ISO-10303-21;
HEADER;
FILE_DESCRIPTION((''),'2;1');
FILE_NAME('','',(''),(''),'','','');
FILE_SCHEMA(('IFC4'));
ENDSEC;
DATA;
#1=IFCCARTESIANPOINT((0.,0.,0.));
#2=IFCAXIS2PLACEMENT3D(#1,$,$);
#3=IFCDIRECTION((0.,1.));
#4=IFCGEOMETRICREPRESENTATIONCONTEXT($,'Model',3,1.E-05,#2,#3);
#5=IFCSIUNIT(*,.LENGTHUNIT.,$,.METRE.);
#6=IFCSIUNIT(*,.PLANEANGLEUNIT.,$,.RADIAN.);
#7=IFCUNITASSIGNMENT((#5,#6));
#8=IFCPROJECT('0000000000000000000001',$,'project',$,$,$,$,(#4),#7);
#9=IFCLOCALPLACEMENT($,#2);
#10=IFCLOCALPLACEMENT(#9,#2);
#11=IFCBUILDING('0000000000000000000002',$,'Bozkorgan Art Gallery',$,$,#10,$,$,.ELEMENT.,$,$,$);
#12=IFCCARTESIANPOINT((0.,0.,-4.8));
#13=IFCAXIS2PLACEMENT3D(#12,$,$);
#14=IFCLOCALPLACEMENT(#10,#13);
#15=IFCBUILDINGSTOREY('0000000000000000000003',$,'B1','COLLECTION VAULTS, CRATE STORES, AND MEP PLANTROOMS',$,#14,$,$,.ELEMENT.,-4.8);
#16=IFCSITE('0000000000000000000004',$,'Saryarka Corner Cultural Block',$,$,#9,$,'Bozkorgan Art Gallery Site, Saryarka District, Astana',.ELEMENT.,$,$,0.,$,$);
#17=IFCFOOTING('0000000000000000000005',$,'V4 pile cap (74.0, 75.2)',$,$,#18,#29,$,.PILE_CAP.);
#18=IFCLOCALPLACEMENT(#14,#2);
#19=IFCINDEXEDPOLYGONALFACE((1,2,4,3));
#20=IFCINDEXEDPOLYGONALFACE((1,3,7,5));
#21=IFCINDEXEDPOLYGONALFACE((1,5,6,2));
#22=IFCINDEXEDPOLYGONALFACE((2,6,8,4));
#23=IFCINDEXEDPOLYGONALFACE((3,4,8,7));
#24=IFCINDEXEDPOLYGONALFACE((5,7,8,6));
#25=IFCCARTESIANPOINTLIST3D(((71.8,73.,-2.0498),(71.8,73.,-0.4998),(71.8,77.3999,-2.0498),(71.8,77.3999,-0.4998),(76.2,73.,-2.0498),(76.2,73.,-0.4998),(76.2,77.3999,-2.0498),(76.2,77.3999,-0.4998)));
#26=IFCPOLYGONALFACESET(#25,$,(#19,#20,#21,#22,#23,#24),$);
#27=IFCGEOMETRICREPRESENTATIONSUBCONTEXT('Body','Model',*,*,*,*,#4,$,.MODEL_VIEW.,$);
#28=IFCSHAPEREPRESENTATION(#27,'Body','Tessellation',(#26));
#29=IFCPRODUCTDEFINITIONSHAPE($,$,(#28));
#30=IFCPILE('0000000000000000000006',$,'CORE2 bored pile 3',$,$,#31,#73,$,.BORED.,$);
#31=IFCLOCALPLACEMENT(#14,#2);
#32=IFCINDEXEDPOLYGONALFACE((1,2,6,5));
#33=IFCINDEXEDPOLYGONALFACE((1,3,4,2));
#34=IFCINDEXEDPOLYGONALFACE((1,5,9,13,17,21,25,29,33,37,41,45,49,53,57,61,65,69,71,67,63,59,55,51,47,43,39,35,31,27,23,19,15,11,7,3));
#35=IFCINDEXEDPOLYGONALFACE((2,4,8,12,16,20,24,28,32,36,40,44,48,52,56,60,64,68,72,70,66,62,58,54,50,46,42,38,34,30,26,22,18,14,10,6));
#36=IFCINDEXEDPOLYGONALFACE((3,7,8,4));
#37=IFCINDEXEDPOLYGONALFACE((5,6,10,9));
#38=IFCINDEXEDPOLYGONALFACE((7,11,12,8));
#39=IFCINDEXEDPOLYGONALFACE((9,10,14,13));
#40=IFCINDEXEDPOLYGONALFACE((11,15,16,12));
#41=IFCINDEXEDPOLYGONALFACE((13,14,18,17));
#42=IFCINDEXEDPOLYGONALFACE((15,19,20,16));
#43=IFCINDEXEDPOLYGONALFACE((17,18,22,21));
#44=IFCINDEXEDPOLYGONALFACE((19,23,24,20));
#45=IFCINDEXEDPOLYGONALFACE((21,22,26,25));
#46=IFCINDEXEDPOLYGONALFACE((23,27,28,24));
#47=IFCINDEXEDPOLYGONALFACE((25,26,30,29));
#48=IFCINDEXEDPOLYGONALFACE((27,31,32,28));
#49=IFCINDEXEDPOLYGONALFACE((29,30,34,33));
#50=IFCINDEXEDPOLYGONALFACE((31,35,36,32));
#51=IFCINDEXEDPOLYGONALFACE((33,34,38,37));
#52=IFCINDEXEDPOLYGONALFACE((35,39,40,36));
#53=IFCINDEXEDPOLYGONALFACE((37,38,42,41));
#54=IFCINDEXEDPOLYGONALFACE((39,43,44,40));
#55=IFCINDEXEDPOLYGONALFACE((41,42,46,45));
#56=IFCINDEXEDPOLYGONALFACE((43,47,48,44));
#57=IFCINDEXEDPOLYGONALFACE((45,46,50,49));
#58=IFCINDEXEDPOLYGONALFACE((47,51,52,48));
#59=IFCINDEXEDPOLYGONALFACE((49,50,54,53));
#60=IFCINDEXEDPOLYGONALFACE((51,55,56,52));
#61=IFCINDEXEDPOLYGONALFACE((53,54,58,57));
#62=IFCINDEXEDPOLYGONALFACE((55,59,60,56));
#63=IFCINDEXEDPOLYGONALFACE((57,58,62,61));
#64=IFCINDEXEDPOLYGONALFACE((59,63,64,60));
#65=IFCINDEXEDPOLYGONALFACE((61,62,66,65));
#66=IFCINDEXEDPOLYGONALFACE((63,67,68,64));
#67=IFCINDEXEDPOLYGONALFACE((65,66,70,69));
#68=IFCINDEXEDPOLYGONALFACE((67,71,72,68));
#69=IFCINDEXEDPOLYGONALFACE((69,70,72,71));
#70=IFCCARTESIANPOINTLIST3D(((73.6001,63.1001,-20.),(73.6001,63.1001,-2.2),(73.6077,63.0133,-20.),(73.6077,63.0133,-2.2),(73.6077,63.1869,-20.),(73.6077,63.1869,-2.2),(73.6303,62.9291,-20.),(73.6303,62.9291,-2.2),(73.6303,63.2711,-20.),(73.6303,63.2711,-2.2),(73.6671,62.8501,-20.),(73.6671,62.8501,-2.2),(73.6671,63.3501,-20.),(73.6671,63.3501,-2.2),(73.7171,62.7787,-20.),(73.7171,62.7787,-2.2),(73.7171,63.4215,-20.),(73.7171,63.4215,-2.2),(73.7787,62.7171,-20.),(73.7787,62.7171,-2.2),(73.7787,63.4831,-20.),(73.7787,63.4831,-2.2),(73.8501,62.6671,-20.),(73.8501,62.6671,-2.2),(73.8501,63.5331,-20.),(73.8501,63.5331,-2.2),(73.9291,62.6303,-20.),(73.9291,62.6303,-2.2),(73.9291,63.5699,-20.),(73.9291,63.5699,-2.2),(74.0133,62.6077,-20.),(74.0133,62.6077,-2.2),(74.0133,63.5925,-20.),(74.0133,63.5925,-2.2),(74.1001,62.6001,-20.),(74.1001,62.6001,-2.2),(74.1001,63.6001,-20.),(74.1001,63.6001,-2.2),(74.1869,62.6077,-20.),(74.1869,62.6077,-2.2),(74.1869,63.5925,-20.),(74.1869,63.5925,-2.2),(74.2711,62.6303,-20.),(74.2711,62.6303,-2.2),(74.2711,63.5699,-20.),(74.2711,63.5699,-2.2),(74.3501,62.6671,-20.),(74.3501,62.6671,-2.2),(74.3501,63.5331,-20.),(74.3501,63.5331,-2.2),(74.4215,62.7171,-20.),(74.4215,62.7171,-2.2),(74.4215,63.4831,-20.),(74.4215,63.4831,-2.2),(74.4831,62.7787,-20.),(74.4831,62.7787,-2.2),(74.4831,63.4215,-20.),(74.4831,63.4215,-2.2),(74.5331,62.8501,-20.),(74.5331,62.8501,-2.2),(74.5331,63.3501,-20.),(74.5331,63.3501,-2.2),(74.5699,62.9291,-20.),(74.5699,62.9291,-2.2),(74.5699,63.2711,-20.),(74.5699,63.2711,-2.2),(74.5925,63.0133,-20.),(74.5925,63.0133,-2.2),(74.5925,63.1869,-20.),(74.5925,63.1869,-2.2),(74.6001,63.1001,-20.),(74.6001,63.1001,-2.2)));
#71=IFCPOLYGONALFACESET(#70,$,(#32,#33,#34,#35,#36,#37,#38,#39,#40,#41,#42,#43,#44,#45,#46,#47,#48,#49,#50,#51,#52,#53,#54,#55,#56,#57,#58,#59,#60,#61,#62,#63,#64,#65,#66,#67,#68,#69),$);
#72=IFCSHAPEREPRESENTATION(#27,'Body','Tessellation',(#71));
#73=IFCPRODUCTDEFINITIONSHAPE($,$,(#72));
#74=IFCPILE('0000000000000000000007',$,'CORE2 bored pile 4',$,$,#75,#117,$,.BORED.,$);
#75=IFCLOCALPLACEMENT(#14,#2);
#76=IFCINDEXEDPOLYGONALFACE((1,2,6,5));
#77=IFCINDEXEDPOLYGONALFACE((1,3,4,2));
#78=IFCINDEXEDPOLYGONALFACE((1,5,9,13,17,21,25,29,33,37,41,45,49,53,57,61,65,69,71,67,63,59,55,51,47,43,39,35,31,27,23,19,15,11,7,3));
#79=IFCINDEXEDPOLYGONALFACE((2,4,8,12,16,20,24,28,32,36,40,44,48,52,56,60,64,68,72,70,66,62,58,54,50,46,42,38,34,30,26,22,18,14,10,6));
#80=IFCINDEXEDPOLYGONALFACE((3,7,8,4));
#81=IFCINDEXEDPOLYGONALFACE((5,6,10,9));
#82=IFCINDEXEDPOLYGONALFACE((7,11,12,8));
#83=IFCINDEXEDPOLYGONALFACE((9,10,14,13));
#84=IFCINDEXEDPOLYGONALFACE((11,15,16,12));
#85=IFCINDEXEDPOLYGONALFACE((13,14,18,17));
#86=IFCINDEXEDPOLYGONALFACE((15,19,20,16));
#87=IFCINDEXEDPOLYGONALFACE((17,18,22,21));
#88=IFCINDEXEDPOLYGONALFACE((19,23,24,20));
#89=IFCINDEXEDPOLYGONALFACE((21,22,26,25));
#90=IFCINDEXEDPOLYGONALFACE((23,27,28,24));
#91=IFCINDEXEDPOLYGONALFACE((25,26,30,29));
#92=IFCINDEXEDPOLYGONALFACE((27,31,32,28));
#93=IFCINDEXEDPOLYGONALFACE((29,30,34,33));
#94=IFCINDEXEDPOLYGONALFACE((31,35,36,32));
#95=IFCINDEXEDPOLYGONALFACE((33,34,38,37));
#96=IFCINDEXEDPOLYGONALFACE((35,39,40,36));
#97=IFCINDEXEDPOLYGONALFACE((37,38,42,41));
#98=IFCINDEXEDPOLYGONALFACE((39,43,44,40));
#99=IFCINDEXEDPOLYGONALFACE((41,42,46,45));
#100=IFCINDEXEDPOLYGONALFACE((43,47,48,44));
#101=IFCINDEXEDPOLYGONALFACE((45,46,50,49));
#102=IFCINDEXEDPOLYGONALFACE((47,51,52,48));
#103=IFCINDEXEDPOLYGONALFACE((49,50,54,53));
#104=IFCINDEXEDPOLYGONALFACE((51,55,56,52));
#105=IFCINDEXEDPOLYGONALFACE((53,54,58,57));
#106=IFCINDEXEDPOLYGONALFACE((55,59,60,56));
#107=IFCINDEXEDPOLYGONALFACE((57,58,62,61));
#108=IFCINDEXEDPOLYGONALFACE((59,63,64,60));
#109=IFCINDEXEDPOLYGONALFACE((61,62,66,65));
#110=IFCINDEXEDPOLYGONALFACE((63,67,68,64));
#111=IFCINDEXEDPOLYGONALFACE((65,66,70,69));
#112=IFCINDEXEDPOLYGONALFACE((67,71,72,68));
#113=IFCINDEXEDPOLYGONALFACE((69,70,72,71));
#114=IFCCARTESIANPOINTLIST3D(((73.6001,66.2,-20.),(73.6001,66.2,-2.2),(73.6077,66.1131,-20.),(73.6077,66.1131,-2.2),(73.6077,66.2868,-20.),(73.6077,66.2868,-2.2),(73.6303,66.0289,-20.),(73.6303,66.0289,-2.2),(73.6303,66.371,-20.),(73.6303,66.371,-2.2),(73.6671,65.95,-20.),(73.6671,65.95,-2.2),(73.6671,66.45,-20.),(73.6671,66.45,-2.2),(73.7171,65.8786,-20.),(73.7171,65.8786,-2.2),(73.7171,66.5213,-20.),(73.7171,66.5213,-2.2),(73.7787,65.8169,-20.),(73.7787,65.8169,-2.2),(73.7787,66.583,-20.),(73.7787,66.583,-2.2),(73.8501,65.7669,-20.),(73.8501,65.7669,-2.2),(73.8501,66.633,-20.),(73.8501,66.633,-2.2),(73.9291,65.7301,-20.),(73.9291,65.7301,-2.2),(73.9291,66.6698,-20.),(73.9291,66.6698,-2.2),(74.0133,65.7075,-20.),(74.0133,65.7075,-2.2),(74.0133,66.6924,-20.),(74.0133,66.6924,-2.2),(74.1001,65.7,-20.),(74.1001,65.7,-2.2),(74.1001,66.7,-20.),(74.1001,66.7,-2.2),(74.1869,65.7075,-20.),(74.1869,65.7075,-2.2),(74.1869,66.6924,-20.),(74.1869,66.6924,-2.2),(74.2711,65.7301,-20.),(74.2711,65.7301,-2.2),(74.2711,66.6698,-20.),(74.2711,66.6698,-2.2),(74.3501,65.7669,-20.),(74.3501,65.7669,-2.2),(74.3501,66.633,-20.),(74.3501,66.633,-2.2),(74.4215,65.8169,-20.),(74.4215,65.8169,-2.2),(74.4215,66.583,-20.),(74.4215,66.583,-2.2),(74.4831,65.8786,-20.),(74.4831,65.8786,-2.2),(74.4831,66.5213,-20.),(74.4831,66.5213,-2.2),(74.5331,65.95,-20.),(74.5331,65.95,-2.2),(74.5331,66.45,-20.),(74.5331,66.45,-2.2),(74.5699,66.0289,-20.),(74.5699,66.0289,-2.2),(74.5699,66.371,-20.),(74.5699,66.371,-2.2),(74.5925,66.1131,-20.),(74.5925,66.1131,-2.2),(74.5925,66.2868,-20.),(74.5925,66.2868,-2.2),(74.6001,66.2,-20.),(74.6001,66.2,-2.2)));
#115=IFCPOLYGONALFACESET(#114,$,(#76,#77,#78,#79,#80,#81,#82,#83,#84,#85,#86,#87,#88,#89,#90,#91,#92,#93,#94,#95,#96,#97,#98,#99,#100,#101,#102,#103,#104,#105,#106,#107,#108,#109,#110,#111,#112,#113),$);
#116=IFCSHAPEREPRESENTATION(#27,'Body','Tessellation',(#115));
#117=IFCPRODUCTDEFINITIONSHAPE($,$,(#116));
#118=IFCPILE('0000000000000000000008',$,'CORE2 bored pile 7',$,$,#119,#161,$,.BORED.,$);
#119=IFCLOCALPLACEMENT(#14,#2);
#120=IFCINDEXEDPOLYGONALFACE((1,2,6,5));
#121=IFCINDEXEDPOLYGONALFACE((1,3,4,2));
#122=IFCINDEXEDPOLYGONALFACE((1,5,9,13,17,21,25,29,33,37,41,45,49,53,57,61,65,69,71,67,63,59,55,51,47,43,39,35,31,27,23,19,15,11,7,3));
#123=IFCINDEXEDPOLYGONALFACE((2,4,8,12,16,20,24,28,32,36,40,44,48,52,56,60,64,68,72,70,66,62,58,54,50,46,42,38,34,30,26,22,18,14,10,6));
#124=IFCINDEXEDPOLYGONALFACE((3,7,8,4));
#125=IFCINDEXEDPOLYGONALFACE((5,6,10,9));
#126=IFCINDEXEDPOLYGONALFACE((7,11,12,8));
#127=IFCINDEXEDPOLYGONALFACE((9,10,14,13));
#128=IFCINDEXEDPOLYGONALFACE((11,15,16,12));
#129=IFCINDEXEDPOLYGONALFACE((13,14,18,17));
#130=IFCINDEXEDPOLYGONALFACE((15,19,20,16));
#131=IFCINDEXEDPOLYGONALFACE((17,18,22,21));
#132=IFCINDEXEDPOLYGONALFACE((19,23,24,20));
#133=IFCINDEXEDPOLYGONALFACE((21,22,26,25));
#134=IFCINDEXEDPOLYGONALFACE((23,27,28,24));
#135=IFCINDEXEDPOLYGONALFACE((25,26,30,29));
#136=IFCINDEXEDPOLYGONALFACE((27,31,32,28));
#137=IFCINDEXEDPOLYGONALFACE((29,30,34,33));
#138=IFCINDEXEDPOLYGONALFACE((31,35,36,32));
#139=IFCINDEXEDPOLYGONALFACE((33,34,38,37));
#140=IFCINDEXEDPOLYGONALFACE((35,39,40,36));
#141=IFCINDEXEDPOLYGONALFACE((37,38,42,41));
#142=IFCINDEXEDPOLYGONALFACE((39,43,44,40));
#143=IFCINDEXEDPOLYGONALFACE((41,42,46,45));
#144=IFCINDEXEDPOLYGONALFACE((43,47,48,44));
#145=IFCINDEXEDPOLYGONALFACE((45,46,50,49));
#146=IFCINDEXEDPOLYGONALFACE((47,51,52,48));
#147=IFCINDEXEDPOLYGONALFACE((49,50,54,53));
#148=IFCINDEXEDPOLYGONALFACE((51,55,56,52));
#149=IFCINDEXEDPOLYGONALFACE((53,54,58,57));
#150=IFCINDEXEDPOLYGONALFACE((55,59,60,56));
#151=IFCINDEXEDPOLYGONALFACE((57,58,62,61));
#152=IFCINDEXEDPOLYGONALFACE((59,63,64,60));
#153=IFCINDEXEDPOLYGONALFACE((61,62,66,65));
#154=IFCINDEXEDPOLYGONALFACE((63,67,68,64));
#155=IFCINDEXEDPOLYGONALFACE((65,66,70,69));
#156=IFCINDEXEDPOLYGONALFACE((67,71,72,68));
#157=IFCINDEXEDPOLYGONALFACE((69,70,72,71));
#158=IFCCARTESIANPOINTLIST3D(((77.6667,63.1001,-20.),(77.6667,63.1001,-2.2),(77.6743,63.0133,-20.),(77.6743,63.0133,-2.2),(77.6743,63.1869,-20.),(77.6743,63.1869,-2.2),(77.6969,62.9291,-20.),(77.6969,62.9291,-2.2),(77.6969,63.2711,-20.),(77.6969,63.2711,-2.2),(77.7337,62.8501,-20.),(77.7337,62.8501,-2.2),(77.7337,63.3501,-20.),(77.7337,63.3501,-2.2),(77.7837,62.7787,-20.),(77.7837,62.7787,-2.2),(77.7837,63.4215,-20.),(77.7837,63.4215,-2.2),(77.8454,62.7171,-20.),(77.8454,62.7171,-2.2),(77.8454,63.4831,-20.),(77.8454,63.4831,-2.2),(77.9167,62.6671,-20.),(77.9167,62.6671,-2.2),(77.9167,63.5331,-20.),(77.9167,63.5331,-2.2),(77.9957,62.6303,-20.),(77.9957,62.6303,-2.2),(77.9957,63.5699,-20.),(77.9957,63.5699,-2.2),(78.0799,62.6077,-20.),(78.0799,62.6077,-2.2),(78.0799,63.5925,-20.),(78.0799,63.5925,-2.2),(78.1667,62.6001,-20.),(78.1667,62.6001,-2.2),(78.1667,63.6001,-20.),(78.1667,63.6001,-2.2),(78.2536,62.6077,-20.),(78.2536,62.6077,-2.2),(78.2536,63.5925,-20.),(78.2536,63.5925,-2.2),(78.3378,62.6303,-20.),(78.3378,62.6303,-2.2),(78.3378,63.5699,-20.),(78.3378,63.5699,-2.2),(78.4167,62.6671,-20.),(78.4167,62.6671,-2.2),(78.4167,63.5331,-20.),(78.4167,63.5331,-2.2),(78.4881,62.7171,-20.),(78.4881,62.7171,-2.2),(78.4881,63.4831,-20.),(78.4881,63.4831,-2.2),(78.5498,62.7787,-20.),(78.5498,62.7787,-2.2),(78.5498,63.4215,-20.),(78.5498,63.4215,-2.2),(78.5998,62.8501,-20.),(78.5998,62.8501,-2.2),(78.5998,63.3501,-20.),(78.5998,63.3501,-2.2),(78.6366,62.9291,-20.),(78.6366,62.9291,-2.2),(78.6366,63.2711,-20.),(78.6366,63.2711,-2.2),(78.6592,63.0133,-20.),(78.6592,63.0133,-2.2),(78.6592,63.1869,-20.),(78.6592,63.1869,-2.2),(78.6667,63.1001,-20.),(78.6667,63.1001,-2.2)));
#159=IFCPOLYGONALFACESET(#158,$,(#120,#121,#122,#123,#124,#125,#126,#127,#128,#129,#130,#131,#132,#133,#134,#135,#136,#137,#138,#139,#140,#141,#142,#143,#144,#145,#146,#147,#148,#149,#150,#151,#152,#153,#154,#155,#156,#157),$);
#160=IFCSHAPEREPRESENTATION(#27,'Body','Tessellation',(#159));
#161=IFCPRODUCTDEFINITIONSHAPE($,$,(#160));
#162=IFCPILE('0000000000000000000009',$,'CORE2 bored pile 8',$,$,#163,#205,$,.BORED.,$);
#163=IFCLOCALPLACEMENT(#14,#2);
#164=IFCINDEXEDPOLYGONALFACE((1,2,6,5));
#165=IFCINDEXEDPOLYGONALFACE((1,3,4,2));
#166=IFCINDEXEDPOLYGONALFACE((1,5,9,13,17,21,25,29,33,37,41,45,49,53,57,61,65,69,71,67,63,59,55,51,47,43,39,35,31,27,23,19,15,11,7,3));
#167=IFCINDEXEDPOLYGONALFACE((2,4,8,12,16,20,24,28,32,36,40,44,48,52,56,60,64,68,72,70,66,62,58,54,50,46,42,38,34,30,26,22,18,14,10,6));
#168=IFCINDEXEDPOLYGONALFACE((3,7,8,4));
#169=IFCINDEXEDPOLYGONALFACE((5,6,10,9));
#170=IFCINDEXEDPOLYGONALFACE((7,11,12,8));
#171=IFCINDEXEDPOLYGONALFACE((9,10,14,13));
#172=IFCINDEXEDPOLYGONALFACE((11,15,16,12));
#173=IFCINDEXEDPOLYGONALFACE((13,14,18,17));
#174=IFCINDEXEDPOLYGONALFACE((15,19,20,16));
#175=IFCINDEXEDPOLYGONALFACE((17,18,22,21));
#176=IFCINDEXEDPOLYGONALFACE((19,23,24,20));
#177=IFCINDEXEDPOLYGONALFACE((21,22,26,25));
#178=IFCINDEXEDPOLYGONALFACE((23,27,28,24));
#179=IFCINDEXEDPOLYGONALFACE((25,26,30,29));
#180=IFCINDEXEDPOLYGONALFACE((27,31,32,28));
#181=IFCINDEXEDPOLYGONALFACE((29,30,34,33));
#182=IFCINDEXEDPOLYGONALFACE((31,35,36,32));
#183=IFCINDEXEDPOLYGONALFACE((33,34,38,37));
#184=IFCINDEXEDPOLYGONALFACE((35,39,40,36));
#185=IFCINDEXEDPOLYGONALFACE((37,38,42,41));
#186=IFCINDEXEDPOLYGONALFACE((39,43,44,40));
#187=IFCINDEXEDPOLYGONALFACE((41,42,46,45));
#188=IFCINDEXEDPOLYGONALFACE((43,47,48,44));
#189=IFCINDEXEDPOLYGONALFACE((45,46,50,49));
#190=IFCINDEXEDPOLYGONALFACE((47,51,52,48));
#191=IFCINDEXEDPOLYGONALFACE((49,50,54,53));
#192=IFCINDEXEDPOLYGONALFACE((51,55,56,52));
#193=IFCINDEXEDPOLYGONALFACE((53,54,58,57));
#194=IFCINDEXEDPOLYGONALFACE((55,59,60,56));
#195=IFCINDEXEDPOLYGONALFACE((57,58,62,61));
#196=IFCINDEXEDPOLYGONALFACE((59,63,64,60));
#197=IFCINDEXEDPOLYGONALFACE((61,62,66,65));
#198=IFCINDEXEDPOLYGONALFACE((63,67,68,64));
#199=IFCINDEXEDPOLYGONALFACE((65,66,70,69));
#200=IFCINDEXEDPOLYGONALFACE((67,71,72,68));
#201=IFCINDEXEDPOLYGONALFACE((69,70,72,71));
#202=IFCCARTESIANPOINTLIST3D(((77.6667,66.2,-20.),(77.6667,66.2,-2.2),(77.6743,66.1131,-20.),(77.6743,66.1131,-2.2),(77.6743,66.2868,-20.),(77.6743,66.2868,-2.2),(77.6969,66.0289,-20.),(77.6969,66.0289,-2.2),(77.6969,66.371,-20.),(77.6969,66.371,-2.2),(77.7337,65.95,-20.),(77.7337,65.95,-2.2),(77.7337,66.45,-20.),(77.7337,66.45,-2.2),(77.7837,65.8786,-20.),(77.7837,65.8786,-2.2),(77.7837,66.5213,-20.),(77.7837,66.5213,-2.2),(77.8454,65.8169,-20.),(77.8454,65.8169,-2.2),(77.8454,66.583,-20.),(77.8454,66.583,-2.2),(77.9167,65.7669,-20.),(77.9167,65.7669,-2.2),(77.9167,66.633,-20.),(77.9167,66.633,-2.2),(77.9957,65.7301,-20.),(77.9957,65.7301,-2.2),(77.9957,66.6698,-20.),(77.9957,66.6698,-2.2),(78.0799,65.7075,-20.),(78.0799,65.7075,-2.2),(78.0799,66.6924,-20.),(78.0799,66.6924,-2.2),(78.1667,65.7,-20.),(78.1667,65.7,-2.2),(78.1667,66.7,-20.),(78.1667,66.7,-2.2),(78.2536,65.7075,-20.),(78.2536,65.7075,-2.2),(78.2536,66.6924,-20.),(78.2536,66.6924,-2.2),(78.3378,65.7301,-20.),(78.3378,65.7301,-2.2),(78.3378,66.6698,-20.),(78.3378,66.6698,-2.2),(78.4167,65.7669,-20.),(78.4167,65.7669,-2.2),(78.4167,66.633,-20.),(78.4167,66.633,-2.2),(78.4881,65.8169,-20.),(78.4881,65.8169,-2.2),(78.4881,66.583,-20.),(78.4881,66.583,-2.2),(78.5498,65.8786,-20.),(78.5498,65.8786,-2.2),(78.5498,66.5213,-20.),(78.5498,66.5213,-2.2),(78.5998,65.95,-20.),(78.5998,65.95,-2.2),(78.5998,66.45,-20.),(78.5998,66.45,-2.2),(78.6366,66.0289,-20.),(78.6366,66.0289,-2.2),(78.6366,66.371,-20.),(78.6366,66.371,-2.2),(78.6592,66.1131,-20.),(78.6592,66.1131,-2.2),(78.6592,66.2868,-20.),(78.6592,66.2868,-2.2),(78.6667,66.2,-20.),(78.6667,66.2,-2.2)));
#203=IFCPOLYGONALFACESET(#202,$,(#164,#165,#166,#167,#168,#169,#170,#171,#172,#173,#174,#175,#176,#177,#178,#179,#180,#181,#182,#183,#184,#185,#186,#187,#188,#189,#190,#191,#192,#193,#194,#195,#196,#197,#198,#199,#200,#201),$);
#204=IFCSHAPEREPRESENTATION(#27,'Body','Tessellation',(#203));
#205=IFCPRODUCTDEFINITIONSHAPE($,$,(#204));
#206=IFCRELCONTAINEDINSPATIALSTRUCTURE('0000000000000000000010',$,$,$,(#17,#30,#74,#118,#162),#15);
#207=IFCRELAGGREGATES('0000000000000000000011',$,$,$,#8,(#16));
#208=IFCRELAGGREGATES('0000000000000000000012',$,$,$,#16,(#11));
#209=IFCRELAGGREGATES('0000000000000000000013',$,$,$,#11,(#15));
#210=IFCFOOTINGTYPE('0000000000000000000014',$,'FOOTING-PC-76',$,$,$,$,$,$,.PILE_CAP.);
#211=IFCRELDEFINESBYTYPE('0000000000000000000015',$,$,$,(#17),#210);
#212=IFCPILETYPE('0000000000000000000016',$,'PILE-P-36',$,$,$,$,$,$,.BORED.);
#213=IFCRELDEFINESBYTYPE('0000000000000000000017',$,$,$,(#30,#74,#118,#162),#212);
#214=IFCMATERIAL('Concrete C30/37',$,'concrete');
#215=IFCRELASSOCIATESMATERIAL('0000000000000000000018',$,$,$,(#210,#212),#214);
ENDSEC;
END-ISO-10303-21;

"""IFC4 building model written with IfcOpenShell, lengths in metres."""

from ifc_helpers import new_model, si_unit, direction, frame, origin, origin_2d, place, context, subcontext, project, spatial, rectangle, circle, extrude, material, material_profile, profile_set, type_object, element, save


model = new_model("IFC4")

# Units and contexts
model_context = context("Model", 3, precision=1e-05, world=origin(), true_north=direction((0.0, 1.0)))
body_context = subcontext(model_context, "Body", "Model", "MODEL_VIEW")
ifc_project = project(units=[si_unit("LENGTHUNIT", "METRE"), si_unit("PLANEANGLEUNIT", "RADIAN")], contexts=[model_context])

# Site, building, storey
site_placement = place(None, origin())
site = spatial("IfcSite", under=ifc_project, at=site_placement, Name="Saryarka Corner Cultural Block", LongName="Bozkorgan Art Gallery Site, Saryarka District, Astana", CompositionType="ELEMENT", RefElevation=0.0)
building_placement = place(site_placement, origin())
building = spatial("IfcBuilding", under=site, at=building_placement, Name="Bozkorgan Art Gallery", CompositionType="ELEMENT")
storey_placement = place(building_placement, frame((0.0, 0.0, -4.8)))
storey = spatial("IfcBuildingStorey", under=building, at=storey_placement, Name="B1", Description="COLLECTION VAULTS, CRATE STORES, AND MEP PLANTROOMS", CompositionType="ELEMENT", Elevation=-4.8)

# Footing
ifc_material_1 = material(Name="Concrete C30/37", Category="concrete")
footing_type = type_object("IfcFootingType", Name="FOOTING-PC-76", PredefinedType="PILE_CAP", material=ifc_material_1)
footing_placement = place(storey_placement, frame((74.0, 75.2, -2.0498), z_axis=(0.0, 0.0, 1.0), x_axis=(1.0, 0.0, 0.0)))
element("IfcFooting", 1, at=footing_placement, inside=storey, type_object=footing_type, Name="V4 pile cap (74.0, 75.2)", PredefinedType="PILE_CAP", context=body_context, shape_type="SweptSolid", body=[
    extrude(rectangle(XDim=4.3999, YDim=4.3999, at=origin_2d()), origin(), (0.0, 0.0, 1.0), 1.55),
])

# Piles
ifc_material_profile_1 = material_profile(ifc_material_1, circle(Radius=0.5, at=origin_2d()), Name="PILE D1000")
ifc_profile_set_1 = profile_set([ifc_material_profile_1], Name="Concrete C30/37")
pile_type = type_object("IfcPileType", Name="PILE-P-36", PredefinedType="BORED", material=ifc_profile_set_1)
for number, where, z_axis, x_axis, name in (
    (2, (74.1001, 63.1001, -2.2), (0.0, 0.0, -1.0), (1.0, 0.0, 0.0), "CORE2 bored pile 3"),
    (3, (74.1001, 66.2, -2.2), (0.0, 0.0, -1.0), (1.0, 0.0, 0.0), "CORE2 bored pile 4"),
    (4, (78.1667, 63.1001, -2.2), (0.0, 0.0, -1.0), (1.0, 0.0, 0.0), "CORE2 bored pile 7"),
    (5, (78.1667, 66.2, -2.2), (0.0, 0.0, -1.0), (1.0, 0.0, 0.0), "CORE2 bored pile 8"),
):
    element("IfcPile", number, at=place(storey_placement, frame(where, z_axis=z_axis, x_axis=x_axis)), inside=storey, type_object=pile_type, Name=name, PredefinedType="BORED", context=body_context, shape_type="SweptSolid", body=[
        extrude(circle(Radius=0.5, at=origin_2d()), origin(), (0.0, 0.0, 1.0), 17.8),
    ])

save(model, "model.ifc")
